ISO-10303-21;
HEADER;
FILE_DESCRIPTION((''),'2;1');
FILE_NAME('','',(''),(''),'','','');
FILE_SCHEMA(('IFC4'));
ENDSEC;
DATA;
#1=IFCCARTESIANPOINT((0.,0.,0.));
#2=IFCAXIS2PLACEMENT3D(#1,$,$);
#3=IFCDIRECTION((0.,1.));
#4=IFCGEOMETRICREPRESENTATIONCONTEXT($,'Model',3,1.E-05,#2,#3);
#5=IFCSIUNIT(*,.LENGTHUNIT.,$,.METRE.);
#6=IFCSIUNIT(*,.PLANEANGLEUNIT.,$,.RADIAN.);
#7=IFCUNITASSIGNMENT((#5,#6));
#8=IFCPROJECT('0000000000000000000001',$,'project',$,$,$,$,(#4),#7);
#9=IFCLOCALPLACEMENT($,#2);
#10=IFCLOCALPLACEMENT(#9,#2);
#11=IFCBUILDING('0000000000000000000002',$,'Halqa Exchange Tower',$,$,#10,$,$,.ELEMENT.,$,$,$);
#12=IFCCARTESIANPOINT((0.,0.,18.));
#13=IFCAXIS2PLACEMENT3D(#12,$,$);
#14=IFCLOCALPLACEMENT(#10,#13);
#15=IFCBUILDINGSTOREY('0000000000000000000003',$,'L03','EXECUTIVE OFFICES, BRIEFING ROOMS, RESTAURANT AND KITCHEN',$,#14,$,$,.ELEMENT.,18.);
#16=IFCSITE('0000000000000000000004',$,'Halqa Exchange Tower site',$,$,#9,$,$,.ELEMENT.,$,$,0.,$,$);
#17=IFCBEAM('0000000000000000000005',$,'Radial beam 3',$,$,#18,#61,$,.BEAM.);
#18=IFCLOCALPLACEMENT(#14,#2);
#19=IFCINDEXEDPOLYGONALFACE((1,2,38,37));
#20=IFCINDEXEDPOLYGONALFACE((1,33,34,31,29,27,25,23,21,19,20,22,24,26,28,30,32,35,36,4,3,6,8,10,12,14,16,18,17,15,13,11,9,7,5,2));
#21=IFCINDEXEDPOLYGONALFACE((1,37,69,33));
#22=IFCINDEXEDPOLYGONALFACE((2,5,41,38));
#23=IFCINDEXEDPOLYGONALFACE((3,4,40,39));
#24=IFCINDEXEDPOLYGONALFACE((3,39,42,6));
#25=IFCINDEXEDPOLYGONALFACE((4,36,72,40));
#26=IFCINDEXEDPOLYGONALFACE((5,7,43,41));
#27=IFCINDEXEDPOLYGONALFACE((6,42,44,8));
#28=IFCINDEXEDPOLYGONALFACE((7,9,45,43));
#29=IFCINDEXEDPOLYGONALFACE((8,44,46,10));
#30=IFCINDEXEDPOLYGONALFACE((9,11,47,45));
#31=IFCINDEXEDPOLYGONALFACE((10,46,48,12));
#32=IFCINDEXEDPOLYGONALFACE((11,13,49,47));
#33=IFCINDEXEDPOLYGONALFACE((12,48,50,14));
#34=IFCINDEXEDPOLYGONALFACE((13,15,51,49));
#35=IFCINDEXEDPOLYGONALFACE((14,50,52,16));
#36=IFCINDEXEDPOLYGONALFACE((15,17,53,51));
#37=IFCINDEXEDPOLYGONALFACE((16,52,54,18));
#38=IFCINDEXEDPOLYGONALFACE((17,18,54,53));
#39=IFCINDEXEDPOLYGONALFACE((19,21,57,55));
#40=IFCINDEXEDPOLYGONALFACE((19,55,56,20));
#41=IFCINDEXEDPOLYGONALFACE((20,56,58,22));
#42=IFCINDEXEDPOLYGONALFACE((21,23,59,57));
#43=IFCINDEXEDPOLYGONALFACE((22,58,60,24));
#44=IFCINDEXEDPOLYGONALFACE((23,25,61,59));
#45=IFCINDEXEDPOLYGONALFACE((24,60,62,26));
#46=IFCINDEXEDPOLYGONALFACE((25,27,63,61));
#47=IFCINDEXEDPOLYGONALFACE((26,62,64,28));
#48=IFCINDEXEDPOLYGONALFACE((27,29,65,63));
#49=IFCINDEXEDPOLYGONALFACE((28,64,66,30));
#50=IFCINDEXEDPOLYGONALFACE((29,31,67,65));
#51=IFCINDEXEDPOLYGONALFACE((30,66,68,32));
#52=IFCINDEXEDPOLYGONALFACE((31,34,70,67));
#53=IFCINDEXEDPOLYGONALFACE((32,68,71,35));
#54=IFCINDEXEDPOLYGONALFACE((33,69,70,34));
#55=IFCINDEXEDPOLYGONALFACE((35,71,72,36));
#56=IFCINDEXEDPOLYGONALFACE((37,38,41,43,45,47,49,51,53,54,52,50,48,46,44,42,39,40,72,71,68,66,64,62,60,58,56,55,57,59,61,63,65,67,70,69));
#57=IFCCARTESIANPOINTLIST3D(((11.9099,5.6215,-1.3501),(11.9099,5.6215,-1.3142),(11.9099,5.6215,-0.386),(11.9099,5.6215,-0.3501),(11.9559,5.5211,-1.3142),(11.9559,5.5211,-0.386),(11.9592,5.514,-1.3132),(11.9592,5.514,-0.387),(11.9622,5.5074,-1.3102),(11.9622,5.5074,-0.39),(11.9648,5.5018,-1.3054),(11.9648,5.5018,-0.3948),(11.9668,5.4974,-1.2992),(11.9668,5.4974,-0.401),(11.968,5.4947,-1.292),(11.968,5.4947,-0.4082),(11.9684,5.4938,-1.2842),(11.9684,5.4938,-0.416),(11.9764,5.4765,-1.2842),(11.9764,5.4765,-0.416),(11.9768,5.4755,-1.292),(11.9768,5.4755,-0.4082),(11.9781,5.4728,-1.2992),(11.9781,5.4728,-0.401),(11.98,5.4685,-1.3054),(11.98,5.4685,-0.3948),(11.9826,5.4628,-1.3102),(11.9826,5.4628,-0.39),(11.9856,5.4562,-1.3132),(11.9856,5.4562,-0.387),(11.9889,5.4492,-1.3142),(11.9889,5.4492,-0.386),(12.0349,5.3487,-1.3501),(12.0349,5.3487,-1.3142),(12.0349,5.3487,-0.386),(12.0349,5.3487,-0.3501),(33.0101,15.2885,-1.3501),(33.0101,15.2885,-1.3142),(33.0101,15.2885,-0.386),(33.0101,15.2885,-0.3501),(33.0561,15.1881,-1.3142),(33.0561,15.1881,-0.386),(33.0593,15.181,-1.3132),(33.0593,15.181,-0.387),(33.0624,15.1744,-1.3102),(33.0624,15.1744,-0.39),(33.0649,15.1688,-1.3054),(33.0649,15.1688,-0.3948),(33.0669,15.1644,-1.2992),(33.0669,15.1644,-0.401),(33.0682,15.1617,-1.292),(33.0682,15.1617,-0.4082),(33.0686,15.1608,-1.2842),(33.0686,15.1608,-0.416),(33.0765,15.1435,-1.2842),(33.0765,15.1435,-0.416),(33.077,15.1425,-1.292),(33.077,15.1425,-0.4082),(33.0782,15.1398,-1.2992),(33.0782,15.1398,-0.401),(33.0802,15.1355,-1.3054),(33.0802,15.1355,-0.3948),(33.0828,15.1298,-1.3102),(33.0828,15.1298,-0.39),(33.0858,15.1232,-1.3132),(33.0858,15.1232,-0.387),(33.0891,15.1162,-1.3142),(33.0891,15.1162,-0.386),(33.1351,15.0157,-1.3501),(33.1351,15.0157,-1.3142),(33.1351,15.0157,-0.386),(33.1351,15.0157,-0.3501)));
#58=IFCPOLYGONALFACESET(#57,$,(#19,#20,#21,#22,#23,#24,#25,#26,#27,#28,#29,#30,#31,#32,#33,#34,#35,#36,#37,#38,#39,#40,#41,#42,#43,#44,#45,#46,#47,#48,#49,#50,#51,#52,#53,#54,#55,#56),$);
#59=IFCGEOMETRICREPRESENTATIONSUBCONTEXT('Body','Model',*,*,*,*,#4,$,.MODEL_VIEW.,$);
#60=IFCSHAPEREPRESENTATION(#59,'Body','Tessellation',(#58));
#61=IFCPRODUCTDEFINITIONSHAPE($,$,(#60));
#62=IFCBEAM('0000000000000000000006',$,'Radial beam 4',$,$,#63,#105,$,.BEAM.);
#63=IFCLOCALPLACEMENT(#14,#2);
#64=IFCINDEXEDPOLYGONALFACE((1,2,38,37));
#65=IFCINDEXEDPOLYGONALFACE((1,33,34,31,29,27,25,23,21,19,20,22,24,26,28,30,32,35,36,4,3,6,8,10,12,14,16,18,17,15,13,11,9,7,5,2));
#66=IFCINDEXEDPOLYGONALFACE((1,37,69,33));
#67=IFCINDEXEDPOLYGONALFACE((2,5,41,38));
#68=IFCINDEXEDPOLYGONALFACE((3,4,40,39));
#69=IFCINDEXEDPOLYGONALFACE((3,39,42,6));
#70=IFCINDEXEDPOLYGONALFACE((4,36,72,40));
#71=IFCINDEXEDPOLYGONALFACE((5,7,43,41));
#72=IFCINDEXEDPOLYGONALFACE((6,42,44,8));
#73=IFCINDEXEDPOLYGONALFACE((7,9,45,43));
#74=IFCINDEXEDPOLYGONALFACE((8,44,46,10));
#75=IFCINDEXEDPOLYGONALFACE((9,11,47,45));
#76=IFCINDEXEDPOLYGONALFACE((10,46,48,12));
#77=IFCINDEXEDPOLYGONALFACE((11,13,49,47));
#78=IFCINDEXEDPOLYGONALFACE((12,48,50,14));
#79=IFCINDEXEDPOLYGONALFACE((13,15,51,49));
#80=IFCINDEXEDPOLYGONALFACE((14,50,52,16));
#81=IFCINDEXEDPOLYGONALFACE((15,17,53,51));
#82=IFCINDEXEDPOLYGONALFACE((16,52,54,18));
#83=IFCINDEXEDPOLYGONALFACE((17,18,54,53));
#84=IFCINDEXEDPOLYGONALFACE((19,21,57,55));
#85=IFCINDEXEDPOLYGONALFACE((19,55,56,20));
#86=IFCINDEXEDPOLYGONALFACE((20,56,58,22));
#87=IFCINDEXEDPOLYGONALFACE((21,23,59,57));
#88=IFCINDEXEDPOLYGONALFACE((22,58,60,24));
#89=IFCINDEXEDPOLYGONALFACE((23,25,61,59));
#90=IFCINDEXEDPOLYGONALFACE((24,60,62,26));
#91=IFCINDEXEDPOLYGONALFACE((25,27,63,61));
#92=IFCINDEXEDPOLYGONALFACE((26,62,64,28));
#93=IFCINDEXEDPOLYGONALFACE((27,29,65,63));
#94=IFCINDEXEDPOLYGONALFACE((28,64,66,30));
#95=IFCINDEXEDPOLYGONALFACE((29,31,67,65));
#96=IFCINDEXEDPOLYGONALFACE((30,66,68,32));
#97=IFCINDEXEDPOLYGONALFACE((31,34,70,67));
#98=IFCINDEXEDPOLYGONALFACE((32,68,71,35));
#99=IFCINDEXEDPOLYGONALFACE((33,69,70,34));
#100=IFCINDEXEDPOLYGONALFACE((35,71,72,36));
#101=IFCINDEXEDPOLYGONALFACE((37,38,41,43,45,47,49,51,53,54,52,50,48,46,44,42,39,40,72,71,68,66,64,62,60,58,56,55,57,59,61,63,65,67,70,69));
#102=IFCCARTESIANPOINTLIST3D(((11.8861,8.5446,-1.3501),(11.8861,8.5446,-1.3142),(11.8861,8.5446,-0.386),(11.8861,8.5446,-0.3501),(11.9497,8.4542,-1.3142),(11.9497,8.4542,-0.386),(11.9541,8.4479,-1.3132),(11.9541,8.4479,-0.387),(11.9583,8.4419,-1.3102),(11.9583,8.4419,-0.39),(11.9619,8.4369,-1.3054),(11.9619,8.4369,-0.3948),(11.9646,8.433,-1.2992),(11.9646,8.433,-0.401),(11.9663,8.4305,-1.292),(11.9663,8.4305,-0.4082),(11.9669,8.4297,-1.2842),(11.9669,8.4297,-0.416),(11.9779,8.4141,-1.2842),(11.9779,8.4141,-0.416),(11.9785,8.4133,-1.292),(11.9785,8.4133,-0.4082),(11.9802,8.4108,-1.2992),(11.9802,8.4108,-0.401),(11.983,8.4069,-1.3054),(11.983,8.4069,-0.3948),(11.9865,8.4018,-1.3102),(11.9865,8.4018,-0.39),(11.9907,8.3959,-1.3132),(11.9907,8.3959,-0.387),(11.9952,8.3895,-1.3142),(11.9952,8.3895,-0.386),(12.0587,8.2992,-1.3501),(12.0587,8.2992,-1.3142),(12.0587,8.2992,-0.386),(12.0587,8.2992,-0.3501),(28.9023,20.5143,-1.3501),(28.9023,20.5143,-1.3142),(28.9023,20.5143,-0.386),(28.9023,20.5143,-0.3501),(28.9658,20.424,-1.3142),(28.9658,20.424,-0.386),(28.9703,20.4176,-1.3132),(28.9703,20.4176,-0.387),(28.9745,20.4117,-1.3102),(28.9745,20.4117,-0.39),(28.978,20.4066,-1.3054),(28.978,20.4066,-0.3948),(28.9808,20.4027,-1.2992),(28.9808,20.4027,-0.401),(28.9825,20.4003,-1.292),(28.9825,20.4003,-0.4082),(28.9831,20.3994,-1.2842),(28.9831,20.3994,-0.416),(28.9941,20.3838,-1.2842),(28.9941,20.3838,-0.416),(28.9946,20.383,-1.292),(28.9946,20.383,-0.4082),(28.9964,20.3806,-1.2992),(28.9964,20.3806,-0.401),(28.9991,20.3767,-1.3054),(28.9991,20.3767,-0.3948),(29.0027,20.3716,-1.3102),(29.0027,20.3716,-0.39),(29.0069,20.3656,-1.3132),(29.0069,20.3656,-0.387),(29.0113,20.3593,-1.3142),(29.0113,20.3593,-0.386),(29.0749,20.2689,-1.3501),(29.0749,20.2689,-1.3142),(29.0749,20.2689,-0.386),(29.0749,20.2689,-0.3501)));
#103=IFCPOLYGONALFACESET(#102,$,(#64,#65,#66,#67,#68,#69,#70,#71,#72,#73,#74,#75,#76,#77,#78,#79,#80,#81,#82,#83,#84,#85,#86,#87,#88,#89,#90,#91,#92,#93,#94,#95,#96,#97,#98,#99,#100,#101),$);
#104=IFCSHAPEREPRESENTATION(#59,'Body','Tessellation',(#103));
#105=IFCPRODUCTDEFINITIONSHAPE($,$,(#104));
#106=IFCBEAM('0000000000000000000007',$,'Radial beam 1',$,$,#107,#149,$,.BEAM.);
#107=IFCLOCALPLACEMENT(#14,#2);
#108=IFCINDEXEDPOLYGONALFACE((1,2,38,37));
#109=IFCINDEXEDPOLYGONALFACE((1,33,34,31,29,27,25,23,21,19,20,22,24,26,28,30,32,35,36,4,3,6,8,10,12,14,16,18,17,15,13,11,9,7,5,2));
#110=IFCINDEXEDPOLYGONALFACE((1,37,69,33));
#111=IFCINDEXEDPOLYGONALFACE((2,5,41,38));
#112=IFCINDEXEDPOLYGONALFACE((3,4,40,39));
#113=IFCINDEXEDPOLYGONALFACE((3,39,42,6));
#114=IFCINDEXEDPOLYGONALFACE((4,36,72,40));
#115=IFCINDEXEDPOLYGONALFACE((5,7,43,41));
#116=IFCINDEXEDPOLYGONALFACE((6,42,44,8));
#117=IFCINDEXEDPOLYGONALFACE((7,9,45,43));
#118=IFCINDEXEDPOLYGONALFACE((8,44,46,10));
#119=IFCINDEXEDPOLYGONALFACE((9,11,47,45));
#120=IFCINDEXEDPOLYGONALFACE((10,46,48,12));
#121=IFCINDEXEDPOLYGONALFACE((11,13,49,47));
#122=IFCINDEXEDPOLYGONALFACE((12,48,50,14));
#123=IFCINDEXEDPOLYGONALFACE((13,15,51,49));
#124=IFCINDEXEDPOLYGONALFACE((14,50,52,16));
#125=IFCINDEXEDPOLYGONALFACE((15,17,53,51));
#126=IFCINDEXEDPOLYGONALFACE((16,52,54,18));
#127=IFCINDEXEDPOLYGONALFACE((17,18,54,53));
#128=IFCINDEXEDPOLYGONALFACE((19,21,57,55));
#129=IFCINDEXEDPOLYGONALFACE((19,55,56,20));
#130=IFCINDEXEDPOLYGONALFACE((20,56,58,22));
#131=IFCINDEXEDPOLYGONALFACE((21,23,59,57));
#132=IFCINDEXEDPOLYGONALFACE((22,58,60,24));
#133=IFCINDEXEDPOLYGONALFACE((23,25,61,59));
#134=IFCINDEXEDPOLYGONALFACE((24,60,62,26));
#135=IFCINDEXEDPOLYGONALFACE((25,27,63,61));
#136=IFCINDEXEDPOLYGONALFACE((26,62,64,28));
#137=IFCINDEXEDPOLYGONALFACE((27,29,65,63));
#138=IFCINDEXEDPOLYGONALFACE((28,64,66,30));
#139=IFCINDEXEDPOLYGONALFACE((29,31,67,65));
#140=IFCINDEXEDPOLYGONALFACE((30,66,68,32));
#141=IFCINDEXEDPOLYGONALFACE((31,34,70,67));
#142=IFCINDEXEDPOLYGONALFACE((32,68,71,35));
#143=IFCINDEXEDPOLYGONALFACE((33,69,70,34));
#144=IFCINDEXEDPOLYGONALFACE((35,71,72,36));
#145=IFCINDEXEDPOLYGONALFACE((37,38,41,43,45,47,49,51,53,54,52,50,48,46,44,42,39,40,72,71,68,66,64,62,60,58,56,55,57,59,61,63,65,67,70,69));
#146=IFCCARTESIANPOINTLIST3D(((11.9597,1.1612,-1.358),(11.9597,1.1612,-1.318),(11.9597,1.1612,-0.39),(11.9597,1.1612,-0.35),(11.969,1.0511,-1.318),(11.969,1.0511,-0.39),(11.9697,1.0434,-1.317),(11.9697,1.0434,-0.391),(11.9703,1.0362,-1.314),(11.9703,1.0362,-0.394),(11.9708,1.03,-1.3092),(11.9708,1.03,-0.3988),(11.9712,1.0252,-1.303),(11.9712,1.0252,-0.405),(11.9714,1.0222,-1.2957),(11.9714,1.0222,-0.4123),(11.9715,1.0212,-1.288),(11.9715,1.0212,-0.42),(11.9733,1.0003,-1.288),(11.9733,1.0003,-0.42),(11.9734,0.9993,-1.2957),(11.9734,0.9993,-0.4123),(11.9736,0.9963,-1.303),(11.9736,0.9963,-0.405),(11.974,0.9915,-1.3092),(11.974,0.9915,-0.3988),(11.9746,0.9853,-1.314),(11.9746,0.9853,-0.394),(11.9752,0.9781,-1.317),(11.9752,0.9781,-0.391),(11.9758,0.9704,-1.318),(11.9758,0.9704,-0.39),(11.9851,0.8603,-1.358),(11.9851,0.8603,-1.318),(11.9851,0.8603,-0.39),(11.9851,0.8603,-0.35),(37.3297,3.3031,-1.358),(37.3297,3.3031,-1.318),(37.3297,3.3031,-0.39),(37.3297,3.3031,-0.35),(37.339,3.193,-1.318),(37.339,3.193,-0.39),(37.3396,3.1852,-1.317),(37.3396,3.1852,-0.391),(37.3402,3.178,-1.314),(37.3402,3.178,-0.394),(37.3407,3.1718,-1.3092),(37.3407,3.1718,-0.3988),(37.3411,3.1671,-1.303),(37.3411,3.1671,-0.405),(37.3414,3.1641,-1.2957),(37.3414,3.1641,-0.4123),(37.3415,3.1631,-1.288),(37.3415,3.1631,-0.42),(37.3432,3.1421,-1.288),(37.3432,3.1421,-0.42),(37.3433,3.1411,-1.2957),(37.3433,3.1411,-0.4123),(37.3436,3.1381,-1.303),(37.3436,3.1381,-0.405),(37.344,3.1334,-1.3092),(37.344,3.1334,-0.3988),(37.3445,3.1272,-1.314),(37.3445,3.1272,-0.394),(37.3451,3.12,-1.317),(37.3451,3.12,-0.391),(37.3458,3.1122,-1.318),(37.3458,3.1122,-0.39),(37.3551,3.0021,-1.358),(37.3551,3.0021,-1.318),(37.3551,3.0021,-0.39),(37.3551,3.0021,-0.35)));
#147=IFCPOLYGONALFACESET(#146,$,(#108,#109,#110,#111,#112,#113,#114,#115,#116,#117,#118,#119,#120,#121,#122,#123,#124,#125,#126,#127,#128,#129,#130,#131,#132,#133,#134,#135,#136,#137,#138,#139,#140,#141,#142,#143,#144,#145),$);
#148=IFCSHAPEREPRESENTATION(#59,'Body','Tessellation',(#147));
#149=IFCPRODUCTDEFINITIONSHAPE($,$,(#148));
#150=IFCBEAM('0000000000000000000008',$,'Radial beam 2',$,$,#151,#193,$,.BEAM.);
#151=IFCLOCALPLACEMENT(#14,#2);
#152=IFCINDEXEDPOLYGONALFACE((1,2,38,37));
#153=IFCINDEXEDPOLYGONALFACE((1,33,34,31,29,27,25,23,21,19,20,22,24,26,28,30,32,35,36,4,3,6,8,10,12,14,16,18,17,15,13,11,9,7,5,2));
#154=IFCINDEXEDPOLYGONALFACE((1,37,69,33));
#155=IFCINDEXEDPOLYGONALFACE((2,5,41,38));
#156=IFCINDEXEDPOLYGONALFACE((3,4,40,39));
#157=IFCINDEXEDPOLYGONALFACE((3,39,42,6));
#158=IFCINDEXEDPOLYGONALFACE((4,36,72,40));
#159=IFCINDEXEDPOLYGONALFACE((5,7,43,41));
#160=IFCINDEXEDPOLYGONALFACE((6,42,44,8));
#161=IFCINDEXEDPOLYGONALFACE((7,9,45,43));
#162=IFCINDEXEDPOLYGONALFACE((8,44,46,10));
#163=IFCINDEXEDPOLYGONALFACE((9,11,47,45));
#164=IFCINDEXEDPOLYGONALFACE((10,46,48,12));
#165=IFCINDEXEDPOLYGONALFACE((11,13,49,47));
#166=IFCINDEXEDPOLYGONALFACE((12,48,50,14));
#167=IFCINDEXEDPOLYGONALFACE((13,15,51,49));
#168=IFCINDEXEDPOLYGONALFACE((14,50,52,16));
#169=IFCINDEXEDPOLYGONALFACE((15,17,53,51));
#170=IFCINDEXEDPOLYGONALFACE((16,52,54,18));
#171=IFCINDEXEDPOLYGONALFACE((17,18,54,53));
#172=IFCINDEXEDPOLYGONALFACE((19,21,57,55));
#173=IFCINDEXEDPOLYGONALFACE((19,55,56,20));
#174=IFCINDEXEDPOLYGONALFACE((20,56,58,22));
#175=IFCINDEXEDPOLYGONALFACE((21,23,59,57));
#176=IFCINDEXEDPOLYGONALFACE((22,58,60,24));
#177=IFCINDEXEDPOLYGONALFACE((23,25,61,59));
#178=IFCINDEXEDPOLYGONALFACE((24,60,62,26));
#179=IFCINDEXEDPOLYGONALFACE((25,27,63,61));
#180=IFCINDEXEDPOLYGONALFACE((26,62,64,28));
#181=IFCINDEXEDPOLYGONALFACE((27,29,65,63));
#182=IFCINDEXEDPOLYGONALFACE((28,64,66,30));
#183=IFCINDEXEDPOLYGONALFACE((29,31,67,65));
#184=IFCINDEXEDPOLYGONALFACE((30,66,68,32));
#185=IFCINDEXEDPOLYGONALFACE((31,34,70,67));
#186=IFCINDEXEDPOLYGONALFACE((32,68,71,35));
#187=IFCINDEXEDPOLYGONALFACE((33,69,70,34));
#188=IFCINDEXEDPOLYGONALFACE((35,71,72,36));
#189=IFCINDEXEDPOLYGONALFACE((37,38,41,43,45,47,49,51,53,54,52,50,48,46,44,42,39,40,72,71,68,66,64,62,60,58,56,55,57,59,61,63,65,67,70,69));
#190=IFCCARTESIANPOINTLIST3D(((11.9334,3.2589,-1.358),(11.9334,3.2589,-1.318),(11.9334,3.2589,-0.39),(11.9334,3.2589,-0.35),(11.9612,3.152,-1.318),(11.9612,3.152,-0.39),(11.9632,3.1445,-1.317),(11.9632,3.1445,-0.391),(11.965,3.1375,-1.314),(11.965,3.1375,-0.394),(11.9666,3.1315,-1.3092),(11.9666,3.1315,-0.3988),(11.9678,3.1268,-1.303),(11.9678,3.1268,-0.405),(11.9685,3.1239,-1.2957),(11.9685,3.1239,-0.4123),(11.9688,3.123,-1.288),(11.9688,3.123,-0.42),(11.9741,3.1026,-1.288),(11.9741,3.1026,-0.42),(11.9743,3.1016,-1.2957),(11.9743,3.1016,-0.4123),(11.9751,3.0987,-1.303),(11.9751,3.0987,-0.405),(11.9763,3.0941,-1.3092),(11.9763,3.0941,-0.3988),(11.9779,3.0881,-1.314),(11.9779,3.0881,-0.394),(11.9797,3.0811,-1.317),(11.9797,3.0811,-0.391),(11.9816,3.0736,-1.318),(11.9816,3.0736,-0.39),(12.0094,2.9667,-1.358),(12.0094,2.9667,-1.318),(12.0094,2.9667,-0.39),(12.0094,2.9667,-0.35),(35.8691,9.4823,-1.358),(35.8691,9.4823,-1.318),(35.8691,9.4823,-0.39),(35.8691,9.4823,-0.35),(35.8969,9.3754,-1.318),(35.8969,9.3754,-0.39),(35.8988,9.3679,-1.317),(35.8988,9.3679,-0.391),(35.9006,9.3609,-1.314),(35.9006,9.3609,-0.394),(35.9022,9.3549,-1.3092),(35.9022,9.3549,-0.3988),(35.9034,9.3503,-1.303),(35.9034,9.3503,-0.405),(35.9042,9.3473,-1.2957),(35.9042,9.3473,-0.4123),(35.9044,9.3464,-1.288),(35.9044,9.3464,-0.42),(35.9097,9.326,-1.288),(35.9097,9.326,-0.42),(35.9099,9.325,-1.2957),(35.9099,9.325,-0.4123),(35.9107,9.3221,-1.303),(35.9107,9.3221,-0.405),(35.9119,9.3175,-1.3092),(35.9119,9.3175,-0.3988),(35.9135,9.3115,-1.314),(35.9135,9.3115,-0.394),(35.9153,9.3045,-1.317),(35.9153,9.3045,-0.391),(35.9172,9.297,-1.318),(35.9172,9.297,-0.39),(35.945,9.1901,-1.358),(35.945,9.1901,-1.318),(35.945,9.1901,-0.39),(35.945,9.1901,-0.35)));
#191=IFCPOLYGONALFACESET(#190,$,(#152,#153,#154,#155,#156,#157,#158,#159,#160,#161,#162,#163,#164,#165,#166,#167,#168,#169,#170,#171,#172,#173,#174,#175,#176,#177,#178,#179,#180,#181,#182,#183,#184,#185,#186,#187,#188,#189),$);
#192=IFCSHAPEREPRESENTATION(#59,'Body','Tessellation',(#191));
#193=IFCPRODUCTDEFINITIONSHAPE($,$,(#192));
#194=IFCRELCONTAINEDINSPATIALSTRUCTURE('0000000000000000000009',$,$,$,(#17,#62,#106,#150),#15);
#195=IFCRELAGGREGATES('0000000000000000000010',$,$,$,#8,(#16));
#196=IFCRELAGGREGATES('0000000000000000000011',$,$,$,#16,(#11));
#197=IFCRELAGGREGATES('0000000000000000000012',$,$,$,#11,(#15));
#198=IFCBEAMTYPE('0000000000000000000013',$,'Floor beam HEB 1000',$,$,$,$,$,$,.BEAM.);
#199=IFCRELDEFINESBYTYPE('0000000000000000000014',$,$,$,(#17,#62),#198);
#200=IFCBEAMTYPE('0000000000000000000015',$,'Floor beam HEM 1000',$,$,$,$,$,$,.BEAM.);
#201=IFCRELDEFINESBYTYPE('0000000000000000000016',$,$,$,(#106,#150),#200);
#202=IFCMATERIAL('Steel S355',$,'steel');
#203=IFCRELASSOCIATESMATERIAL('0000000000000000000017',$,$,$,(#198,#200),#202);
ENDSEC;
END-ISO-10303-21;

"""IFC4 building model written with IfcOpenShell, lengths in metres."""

from ifc_helpers import new_model, si_unit, direction, frame, origin, origin_2d, place, context, subcontext, project, spatial, i_section, extrude, material, material_profile, profile_set, type_object, element, save


model = new_model("IFC4")

# Units and contexts
model_context = context("Model", 3, precision=1e-05, world=origin(), true_north=direction((0.0, 1.0)))
body_context = subcontext(model_context, "Body", "Model", "MODEL_VIEW")
ifc_project = project(units=[si_unit("LENGTHUNIT", "METRE"), si_unit("PLANEANGLEUNIT", "RADIAN")], contexts=[model_context])

# Site, building, storey
site_placement = place(None, origin())
site = spatial("IfcSite", under=ifc_project, at=site_placement, Name="Halqa Exchange Tower site", CompositionType="ELEMENT", RefElevation=0.0)
building_placement = place(site_placement, origin())
building = spatial("IfcBuilding", under=site, at=building_placement, Name="Halqa Exchange Tower", CompositionType="ELEMENT")
storey_placement = place(building_placement, frame((0.0, 0.0, 18.0)))
storey = spatial("IfcBuildingStorey", under=building, at=storey_placement, Name="L03", Description="EXECUTIVE OFFICES, BRIEFING ROOMS, RESTAURANT AND KITCHEN", CompositionType="ELEMENT", Elevation=18.0)

# Beams
ifc_material_1 = material(Name="Steel S355", Category="steel")
ifc_material_profile_1 = material_profile(ifc_material_1, i_section(OverallWidth=0.3, OverallDepth=1.0, WebThickness=0.019, FlangeThickness=0.0359, FilletRadius=0.03, at=origin_2d()), Name="HEB 1000")
ifc_profile_set_1 = profile_set([ifc_material_profile_1], Name="Steel S355")
beam_type_1 = type_object("IfcBeamType", Name="Floor beam HEB 1000", PredefinedType="BEAM", material=ifc_profile_set_1)
beam_1_placement = place(storey_placement, frame((11.9724, 5.4851, -0.8501), z_axis=(0.909128, 0.416516, 0.0), x_axis=(-0.416516, 0.909128, 0.0)))
element("IfcBeam", 1, at=beam_1_placement, inside=storey, type_object=beam_type_1, Name="Radial beam 3", PredefinedType="BEAM", context=body_context, shape_type="SweptSolid", body=[
    extrude(i_section(OverallWidth=0.3, OverallDepth=1.0, WebThickness=0.019, FlangeThickness=0.0359, FilletRadius=0.03, at=origin_2d()), origin(), (0.0, 0.0, 1.0), 23.2092),
])
beam_2_placement = place(storey_placement, frame((11.9724, 8.4219, -0.8501), z_axis=(0.81791, 0.575346, 0.0), x_axis=(-0.575346, 0.81791, 0.0)))
element("IfcBeam", 2, at=beam_2_placement, inside=storey, type_object=beam_type_1, Name="Radial beam 4", PredefinedType="BEAM", context=body_context, shape_type="SweptSolid", body=[
    extrude(i_section(OverallWidth=0.3, OverallDepth=1.0, WebThickness=0.019, FlangeThickness=0.0359, FilletRadius=0.03, at=origin_2d()), origin(), (0.0, 0.0, 1.0), 20.8044),
])
ifc_material_profile_2 = material_profile(ifc_material_1, i_section(OverallWidth=0.302, OverallDepth=1.0081, WebThickness=0.021, FlangeThickness=0.04, FilletRadius=0.03, at=origin_2d()), Name="HEM 1000")
ifc_profile_set_2 = profile_set([ifc_material_profile_2], Name="Steel S355")
beam_type_2 = type_object("IfcBeamType", Name="Floor beam HEM 1000", PredefinedType="BEAM", material=ifc_profile_set_2)
beam_3_placement = place(storey_placement, frame((11.9724, 1.0107, -0.854), z_axis=(0.996455, 0.084125, 0.0), x_axis=(-0.084125, 0.996455, 0.0)))
element("IfcBeam", 3, at=beam_3_placement, inside=storey, type_object=beam_type_2, Name="Radial beam 1", PredefinedType="BEAM", context=body_context, shape_type="SweptSolid", body=[
    extrude(i_section(OverallWidth=0.302, OverallDepth=1.0081, WebThickness=0.021, FlangeThickness=0.04, FilletRadius=0.03, at=origin_2d()), origin(), (0.0, 0.0, 1.0), 25.4602),
])
beam_4_placement = place(storey_placement, frame((11.9714, 3.1128, -0.854), z_axis=(0.967821, 0.251639, 0.0), x_axis=(-0.251639, 0.967821, 0.0)))
element("IfcBeam", 4, at=beam_4_placement, inside=storey, type_object=beam_type_2, Name="Radial beam 2", PredefinedType="BEAM", context=body_context, shape_type="SweptSolid", body=[
    extrude(i_section(OverallWidth=0.302, OverallDepth=1.0081, WebThickness=0.021, FlangeThickness=0.04, FilletRadius=0.03, at=origin_2d()), origin(), (0.0, 0.0, 1.0), 24.7314),
])

save(model, "model.ifc")
